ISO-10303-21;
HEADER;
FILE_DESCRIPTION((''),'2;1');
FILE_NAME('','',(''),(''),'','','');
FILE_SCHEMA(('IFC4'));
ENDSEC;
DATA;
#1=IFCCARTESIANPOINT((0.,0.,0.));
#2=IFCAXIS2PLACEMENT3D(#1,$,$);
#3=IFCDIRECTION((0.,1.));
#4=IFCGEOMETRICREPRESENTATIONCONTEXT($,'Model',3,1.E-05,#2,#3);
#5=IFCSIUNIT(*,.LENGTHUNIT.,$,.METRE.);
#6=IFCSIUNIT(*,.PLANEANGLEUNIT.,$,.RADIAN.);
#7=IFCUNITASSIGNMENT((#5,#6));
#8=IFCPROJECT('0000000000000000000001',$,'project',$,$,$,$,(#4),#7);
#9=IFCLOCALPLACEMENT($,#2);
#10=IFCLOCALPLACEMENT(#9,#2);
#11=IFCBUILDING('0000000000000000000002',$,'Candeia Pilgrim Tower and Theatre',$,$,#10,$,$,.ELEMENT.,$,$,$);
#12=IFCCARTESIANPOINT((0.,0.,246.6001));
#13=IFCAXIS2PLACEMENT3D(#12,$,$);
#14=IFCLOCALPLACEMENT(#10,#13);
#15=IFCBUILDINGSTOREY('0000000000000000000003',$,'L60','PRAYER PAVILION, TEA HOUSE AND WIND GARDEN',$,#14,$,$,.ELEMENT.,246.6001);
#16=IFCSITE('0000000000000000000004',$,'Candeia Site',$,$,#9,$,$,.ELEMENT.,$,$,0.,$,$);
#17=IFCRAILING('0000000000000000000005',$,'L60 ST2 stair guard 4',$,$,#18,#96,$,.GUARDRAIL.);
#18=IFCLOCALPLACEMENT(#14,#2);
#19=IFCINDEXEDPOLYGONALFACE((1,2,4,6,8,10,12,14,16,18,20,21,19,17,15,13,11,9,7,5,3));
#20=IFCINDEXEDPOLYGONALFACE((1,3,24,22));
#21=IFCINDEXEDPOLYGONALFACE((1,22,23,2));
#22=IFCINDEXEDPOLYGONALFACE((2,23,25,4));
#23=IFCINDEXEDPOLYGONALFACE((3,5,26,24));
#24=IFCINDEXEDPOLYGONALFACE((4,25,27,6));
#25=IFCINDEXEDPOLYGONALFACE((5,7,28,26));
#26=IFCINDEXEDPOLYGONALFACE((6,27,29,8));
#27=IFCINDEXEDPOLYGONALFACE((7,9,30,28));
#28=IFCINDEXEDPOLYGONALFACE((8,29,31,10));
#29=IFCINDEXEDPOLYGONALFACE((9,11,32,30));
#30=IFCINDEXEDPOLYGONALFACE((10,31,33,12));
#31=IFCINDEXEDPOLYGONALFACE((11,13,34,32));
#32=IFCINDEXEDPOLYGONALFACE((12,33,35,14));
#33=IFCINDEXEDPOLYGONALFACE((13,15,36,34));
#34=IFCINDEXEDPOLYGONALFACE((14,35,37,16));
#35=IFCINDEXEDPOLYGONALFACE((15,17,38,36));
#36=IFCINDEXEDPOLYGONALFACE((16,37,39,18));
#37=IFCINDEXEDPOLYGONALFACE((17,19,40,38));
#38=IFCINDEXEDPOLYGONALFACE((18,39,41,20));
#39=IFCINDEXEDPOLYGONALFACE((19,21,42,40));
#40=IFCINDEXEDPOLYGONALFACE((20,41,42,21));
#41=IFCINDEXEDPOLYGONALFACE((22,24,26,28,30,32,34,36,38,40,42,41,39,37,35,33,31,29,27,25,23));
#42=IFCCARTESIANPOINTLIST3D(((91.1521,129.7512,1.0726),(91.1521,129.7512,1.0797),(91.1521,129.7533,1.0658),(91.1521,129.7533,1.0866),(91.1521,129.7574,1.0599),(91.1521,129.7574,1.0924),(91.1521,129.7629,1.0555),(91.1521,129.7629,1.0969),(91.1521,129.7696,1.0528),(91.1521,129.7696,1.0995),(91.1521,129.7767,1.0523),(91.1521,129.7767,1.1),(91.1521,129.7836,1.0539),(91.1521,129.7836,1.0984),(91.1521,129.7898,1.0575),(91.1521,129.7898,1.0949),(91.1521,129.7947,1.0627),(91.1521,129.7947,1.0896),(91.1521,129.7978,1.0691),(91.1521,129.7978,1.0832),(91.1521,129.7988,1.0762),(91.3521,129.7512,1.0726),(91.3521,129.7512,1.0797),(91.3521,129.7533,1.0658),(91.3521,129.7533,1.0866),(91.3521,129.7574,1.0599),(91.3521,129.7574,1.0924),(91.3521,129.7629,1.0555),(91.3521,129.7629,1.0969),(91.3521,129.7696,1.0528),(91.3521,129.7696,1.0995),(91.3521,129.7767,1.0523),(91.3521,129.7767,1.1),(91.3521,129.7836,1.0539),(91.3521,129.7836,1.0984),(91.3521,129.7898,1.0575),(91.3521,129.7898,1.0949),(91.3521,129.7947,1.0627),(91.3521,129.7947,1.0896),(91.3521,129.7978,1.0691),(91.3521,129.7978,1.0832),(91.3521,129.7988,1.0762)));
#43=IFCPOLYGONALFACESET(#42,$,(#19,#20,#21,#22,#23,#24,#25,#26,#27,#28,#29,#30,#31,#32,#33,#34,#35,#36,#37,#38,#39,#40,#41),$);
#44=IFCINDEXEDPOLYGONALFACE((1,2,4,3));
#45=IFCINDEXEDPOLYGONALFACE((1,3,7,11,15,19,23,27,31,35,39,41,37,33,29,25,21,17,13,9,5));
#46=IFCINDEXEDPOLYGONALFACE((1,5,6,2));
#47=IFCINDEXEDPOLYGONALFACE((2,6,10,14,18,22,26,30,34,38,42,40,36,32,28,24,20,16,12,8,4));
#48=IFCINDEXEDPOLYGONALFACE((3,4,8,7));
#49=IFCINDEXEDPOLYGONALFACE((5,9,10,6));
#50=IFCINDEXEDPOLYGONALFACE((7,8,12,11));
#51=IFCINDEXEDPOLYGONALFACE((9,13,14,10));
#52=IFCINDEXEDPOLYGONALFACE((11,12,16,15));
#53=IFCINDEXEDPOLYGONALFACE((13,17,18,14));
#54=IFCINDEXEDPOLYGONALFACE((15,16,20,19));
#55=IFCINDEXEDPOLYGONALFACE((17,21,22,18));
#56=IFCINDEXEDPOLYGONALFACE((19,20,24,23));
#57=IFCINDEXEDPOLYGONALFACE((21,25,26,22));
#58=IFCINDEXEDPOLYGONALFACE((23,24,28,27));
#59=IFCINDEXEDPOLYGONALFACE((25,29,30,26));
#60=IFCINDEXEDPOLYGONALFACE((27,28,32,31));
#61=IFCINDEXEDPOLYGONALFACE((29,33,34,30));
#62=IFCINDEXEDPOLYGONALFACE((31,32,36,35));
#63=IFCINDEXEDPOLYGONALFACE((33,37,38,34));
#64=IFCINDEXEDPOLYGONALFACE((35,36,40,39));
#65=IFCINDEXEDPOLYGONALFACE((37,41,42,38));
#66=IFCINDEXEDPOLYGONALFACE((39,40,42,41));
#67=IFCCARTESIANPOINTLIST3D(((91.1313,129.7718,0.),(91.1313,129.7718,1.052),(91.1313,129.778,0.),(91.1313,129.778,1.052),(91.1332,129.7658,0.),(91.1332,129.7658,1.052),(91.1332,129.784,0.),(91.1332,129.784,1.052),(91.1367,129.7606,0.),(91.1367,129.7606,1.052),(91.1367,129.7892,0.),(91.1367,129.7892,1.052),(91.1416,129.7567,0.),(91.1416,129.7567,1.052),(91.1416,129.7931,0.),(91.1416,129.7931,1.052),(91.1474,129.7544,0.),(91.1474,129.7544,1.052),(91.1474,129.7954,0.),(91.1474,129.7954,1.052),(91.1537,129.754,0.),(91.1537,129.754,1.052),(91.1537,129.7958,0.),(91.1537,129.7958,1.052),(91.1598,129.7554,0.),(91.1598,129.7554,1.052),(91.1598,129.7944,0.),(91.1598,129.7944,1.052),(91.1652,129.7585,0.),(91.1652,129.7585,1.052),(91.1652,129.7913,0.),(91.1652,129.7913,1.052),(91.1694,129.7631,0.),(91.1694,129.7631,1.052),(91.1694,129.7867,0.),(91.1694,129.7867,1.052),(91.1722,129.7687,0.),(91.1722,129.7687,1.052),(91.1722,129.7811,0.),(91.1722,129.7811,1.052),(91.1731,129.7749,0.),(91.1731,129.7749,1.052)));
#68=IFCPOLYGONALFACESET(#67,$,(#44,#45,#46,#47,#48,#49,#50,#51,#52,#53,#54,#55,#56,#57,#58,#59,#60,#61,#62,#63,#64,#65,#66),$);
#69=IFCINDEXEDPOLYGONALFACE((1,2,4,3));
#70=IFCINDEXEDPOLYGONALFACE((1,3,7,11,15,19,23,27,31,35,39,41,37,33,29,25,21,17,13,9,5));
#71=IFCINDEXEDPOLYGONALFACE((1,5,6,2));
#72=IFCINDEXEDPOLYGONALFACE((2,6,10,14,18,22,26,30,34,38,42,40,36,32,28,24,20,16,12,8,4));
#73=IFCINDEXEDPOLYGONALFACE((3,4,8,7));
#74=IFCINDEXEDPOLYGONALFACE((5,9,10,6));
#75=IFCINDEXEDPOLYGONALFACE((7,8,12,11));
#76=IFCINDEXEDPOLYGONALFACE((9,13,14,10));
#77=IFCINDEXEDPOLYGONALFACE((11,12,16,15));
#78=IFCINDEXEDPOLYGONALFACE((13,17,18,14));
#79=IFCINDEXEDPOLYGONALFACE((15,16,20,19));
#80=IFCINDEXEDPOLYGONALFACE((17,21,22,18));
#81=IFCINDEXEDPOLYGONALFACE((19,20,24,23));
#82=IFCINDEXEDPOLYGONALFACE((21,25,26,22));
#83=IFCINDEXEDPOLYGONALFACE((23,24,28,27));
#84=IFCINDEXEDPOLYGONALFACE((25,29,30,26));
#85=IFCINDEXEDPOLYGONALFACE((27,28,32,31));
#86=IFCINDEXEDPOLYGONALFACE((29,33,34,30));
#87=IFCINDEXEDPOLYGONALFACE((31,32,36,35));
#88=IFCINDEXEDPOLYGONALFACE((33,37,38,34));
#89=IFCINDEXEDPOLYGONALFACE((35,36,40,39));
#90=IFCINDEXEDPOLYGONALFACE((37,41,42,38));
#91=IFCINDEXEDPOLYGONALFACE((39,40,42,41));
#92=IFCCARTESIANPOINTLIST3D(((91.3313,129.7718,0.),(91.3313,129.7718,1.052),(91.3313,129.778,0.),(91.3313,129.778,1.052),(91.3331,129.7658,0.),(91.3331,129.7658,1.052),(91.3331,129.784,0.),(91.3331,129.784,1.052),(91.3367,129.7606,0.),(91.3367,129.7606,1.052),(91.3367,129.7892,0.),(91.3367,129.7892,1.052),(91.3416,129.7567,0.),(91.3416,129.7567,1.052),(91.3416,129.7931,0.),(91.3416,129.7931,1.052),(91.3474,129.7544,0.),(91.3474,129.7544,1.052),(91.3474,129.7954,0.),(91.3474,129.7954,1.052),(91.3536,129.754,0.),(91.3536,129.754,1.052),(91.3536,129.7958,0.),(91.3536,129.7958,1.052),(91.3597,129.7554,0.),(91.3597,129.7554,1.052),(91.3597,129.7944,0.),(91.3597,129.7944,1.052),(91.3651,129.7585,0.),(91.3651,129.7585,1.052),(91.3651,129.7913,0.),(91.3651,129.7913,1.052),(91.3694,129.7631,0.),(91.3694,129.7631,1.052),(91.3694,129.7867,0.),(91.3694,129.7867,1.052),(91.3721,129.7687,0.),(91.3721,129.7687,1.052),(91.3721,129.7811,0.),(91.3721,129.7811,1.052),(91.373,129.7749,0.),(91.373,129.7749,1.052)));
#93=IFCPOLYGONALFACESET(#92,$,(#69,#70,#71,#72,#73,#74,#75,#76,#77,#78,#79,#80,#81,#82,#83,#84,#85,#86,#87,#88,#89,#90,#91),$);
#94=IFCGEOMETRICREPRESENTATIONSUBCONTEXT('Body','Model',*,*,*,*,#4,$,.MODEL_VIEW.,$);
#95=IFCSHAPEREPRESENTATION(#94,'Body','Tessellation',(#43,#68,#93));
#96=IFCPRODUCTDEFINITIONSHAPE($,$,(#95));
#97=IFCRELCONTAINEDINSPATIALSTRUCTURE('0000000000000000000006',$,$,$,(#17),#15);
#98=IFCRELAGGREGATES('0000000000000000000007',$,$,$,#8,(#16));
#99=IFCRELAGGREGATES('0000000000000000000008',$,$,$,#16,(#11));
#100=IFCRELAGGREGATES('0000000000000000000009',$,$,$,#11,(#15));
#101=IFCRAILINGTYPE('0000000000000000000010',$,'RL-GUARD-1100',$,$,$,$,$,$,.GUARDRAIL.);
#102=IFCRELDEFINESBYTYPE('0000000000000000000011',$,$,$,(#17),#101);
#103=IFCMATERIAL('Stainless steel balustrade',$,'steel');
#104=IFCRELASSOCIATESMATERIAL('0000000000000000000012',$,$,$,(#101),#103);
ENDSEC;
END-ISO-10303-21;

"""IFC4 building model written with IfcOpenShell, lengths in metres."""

from ifc_helpers import new_model, si_unit, direction, frame, origin, origin_2d, place, context, subcontext, project, spatial, circle, extrude, material, type_object, element, save


model = new_model("IFC4")

# Units and contexts
model_context = context("Model", 3, precision=1e-05, world=origin(), true_north=direction((0.0, 1.0)))
body_context = subcontext(model_context, "Body", "Model", "MODEL_VIEW")
ifc_project = project(units=[si_unit("LENGTHUNIT", "METRE"), si_unit("PLANEANGLEUNIT", "RADIAN")], contexts=[model_context])

# Site, building, storey
site_placement = place(None, origin())
site = spatial("IfcSite", under=ifc_project, at=site_placement, Name="Candeia Site", CompositionType="ELEMENT", RefElevation=0.0)
building_placement = place(site_placement, origin())
building = spatial("IfcBuilding", under=site, at=building_placement, Name="Candeia Pilgrim Tower and Theatre", CompositionType="ELEMENT")
storey_placement = place(building_placement, frame((0.0, 0.0, 246.6001)))
storey = spatial("IfcBuildingStorey", under=building, at=storey_placement, Name="L60", Description="PRAYER PAVILION, TEA HOUSE AND WIND GARDEN", CompositionType="ELEMENT", Elevation=246.6001)

# Railing
ifc_material_1 = material(Name="Stainless steel balustrade", Category="steel")
railing_type_1 = type_object("IfcRailingType", Name="RL-GUARD-1100", PredefinedType="GUARDRAIL", material=ifc_material_1)
railing_1_placement = place(storey_placement, frame((91.1521, 129.7749, 0.0)))
element("IfcRailing", 1, at=railing_1_placement, inside=storey, type_object=railing_type_1, Name="L60 ST2 stair guard 4", PredefinedType="GUARDRAIL", context=body_context, shape_type="SweptSolid", body=[
    extrude(circle(Radius=0.0239, at=origin_2d()), frame((0.0, 0.0, 1.0762), z_axis=(1.0, 0.0, 0.0), x_axis=(0.0, 1.0, 0.0)), (0.0, 0.0, 1.0), 0.2),
    extrude(circle(Radius=0.021, at=origin_2d()), origin(), (0.0, 0.0, 1.0), 1.052),
    extrude(circle(Radius=0.021, at=origin_2d()), frame((0.2, 0.0, 0.0)), (0.0, 0.0, 1.0), 1.052),
])

save(model, "model.ifc")
